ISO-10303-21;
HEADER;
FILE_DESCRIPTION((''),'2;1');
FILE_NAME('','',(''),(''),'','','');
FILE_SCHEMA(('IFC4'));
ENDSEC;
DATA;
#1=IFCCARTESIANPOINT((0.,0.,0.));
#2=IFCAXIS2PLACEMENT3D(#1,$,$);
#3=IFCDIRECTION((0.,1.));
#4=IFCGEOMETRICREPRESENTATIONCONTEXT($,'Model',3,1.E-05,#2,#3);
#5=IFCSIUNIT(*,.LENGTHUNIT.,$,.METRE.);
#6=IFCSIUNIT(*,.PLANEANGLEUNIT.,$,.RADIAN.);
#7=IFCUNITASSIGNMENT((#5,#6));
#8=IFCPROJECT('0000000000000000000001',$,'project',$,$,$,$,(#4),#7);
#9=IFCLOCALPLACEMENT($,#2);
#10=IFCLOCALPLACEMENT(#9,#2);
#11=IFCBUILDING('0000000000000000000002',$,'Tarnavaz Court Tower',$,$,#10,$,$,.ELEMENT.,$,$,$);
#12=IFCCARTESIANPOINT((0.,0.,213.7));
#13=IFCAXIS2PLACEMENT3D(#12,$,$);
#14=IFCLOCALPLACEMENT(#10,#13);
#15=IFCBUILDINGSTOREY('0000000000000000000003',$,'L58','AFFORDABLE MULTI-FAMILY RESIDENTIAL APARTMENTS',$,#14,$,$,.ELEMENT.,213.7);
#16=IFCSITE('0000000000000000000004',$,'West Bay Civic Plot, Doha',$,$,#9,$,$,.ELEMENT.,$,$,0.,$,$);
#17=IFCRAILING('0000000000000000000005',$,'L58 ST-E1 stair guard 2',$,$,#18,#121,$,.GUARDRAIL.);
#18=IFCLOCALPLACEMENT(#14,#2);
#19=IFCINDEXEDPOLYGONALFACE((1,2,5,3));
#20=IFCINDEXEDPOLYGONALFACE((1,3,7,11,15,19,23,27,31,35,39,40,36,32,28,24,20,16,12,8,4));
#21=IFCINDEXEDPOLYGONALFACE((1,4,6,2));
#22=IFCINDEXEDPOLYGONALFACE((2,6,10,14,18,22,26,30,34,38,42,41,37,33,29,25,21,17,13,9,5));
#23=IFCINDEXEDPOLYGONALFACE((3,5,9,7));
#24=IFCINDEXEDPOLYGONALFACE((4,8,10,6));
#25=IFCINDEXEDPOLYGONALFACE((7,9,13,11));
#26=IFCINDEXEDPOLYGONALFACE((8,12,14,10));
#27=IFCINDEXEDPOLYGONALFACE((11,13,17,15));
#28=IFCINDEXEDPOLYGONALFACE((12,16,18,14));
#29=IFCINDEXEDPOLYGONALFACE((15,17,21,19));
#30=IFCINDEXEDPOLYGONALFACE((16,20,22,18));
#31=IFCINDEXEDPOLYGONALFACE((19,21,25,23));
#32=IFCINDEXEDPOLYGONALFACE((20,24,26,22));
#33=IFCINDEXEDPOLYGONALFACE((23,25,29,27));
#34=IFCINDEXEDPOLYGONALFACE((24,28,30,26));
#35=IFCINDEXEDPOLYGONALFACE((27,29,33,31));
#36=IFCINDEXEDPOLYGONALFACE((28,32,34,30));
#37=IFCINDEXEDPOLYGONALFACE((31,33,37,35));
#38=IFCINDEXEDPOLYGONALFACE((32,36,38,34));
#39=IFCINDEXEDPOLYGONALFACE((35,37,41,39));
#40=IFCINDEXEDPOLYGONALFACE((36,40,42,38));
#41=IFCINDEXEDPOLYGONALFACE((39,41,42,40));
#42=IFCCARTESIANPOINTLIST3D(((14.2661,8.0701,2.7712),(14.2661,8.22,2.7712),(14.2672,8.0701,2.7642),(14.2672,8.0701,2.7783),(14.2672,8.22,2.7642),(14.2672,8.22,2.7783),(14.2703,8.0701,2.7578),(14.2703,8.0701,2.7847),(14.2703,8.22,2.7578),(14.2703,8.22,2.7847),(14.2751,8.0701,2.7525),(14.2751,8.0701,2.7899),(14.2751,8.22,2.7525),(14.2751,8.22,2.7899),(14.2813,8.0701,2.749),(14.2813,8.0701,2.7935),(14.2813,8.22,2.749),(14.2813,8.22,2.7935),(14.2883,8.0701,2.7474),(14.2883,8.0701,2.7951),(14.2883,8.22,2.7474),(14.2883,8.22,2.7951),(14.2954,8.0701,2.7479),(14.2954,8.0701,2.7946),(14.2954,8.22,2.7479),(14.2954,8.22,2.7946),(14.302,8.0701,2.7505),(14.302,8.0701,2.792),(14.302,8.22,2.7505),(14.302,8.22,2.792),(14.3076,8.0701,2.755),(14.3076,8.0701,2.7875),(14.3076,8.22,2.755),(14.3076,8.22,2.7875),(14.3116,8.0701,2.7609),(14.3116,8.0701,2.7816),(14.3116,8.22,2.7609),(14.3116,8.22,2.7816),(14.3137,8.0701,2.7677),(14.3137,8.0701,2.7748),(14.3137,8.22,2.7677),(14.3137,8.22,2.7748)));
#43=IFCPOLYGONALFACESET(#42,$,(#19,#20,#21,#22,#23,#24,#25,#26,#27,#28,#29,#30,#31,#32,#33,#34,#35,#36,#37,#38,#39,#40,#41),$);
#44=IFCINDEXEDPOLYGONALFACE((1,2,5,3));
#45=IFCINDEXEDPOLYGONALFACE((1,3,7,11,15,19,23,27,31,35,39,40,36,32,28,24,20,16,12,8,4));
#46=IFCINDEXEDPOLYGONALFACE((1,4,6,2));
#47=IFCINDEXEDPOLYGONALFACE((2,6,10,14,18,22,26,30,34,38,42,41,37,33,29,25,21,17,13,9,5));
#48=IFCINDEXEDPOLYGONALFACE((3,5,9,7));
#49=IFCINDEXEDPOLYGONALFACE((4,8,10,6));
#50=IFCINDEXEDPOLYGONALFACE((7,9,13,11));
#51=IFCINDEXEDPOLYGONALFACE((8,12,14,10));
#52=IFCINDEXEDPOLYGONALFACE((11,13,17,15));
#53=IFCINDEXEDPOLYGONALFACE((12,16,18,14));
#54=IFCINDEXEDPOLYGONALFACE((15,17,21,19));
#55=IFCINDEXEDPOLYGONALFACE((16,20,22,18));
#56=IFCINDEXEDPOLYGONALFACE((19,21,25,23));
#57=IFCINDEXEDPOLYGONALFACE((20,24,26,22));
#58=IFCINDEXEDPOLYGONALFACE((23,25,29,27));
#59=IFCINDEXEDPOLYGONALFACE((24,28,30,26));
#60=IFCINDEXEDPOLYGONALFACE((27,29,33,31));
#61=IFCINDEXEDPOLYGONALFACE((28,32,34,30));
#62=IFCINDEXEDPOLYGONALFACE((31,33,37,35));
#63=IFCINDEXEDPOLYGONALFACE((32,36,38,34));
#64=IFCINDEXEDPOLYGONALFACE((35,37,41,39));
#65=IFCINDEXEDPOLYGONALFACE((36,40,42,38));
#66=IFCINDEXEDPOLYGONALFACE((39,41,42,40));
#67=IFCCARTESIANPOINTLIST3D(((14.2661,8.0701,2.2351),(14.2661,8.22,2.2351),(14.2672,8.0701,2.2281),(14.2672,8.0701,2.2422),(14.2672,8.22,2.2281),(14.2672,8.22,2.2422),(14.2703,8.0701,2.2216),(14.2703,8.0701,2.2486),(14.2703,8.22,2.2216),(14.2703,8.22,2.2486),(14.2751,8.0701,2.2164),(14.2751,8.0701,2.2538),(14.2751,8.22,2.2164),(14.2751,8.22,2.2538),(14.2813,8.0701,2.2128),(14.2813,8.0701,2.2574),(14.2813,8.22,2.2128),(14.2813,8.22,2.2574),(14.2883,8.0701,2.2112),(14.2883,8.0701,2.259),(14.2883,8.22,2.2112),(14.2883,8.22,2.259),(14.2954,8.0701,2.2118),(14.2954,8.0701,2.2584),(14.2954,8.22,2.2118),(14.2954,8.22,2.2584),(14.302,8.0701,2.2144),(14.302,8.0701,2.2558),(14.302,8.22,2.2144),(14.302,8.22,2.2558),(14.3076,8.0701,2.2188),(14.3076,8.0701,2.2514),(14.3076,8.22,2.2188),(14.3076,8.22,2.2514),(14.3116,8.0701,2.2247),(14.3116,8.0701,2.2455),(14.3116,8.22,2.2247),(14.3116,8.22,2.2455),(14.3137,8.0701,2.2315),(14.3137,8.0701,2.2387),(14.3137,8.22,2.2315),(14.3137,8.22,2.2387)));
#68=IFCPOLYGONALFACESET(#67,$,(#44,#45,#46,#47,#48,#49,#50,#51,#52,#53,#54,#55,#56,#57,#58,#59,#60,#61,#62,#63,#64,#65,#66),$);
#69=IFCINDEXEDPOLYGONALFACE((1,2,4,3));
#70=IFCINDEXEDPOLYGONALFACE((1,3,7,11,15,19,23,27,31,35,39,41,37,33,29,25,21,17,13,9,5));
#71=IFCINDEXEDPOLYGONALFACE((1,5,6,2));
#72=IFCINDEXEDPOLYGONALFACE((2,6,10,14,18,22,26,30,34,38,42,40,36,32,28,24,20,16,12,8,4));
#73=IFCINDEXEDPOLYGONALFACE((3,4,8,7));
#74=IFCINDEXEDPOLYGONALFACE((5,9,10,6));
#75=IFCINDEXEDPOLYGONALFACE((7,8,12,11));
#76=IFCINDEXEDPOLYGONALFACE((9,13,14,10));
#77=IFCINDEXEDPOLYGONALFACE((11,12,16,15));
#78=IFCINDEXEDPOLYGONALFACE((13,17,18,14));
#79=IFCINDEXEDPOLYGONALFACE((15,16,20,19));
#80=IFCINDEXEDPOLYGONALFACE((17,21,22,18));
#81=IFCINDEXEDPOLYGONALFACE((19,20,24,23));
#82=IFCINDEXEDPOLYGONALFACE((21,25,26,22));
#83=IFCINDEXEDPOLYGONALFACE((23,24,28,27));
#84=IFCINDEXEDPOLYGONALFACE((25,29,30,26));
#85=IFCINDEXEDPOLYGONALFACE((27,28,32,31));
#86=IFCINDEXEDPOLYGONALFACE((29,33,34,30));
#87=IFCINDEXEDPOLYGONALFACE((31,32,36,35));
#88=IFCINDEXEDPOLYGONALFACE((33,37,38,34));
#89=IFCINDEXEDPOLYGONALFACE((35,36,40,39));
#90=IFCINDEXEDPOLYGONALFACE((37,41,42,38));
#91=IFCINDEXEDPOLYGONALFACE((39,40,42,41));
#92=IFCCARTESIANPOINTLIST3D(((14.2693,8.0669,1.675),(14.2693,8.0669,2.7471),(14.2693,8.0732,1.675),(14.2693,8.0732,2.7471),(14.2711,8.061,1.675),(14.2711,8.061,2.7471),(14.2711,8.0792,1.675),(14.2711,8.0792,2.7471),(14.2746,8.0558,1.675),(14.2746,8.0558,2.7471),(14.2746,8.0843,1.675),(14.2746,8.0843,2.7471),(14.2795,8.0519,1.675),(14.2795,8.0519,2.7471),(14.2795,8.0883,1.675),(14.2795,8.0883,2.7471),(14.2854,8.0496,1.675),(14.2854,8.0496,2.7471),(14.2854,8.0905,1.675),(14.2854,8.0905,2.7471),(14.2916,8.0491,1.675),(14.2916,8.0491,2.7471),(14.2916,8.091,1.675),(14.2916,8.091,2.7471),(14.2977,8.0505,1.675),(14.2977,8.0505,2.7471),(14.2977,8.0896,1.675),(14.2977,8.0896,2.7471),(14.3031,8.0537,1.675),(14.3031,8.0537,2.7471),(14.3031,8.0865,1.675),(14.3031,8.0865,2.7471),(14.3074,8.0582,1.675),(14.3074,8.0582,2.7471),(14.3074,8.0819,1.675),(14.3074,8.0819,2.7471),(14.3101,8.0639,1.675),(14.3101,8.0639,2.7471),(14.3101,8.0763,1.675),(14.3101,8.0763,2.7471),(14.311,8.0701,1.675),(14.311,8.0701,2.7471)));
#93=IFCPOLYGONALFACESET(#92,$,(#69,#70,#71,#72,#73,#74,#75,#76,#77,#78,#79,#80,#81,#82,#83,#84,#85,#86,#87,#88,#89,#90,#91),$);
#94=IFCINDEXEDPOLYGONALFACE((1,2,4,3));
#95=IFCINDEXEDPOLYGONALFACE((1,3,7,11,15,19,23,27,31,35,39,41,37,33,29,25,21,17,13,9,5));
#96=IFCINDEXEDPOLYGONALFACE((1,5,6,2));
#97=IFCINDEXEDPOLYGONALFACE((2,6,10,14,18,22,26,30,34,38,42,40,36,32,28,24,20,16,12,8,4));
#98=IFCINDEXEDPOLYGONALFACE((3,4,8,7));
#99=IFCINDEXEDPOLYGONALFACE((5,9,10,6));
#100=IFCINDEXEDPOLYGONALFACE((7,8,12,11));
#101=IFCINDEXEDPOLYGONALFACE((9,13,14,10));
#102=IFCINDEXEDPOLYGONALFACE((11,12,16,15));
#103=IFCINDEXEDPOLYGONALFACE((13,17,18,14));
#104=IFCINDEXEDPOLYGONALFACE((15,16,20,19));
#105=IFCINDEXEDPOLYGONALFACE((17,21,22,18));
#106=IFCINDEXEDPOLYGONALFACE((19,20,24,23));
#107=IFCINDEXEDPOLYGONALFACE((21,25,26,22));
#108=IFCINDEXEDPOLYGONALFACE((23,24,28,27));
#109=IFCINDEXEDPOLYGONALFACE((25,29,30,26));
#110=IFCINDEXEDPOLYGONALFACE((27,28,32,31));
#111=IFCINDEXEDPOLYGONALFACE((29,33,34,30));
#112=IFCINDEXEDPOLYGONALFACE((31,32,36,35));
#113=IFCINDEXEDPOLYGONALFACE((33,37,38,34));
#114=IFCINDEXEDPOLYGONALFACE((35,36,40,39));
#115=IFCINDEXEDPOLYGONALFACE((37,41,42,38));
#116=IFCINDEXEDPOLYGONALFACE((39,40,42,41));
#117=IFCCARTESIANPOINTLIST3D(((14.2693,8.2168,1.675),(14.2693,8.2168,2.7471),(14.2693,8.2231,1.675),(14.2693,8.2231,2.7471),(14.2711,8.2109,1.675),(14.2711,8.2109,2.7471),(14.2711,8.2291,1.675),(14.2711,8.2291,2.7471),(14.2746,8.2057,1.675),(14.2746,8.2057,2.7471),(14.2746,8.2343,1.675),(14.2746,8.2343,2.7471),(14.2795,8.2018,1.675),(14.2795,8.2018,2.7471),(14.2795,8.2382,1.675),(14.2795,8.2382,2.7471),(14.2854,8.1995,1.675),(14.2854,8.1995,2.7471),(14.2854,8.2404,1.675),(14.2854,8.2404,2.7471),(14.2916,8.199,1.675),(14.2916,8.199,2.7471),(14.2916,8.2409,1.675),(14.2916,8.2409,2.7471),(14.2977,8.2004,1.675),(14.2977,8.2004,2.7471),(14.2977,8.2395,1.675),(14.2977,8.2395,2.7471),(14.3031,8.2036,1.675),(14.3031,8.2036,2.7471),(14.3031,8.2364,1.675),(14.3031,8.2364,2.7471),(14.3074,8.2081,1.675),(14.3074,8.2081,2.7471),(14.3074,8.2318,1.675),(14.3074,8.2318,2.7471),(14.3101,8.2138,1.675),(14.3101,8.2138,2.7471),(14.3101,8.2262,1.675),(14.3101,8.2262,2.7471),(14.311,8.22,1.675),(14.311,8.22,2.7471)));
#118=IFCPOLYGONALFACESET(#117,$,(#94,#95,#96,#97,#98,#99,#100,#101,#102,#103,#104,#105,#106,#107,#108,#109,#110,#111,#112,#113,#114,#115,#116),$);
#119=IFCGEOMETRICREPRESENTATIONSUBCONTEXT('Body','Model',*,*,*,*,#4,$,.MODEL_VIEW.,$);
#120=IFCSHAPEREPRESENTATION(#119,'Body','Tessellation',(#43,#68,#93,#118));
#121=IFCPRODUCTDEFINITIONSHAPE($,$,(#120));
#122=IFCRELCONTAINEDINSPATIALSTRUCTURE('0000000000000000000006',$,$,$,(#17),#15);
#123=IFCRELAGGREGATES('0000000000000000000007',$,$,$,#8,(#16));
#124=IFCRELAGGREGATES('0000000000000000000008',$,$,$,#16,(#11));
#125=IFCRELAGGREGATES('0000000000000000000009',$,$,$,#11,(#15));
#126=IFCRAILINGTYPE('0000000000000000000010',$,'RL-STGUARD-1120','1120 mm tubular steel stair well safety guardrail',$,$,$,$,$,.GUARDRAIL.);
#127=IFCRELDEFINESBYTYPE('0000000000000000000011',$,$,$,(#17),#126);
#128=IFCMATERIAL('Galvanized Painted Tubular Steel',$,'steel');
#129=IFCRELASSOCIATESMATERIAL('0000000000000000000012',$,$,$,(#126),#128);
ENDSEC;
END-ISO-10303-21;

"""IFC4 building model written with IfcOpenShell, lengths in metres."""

from ifc_helpers import new_model, si_unit, direction, frame, origin, origin_2d, place, context, subcontext, project, spatial, circle, extrude, material, type_object, element, save


model = new_model("IFC4")

# Units and contexts
model_context = context("Model", 3, precision=1e-05, world=origin(), true_north=direction((0.0, 1.0)))
body_context = subcontext(model_context, "Body", "Model", "MODEL_VIEW")
ifc_project = project(units=[si_unit("LENGTHUNIT", "METRE"), si_unit("PLANEANGLEUNIT", "RADIAN")], contexts=[model_context])

# Site, building, storey
site_placement = place(None, origin())
site = spatial("IfcSite", under=ifc_project, at=site_placement, Name="West Bay Civic Plot, Doha", CompositionType="ELEMENT", RefElevation=0.0)
building_placement = place(site_placement, origin())
building = spatial("IfcBuilding", under=site, at=building_placement, Name="Tarnavaz Court Tower", CompositionType="ELEMENT")
storey_placement = place(building_placement, frame((0.0, 0.0, 213.7)))
storey = spatial("IfcBuildingStorey", under=building, at=storey_placement, Name="L58", Description="AFFORDABLE MULTI-FAMILY RESIDENTIAL APARTMENTS", CompositionType="ELEMENT", Elevation=213.7)

# Railing
ifc_material_1 = material(Name="Galvanized Painted Tubular Steel", Category="steel")
railing_type_1 = type_object("IfcRailingType", Name="RL-STGUARD-1120", Description="1120 mm tubular steel stair well safety guardrail", PredefinedType="GUARDRAIL", material=ifc_material_1)
railing_1_placement = place(storey_placement, frame((14.29, 8.0701, 1.675)))
element("IfcRailing", 1, at=railing_1_placement, inside=storey, type_object=railing_type_1, Name="L58 ST-E1 stair guard 2", PredefinedType="GUARDRAIL", context=body_context, shape_type="SweptSolid", body=[
    extrude(circle(Radius=0.0239, at=origin_2d()), frame((0.0, 0.0, 1.0962), z_axis=(0.0, 1.0, 0.0), x_axis=(-1.0, 0.0, 0.0)), (0.0, 0.0, 1.0), 0.1499),
    extrude(circle(Radius=0.0239, at=origin_2d()), frame((0.0, 0.0, 0.5601), z_axis=(0.0, 1.0, 0.0), x_axis=(-1.0, 0.0, 0.0)), (0.0, 0.0, 1.0), 0.1499),
    extrude(circle(Radius=0.021, at=origin_2d()), origin(), (0.0, 0.0, 1.0), 1.072),
    extrude(circle(Radius=0.021, at=origin_2d()), frame((0.0, 0.1499, 0.0)), (0.0, 0.0, 1.0), 1.072),
])

save(model, "model.ifc")
